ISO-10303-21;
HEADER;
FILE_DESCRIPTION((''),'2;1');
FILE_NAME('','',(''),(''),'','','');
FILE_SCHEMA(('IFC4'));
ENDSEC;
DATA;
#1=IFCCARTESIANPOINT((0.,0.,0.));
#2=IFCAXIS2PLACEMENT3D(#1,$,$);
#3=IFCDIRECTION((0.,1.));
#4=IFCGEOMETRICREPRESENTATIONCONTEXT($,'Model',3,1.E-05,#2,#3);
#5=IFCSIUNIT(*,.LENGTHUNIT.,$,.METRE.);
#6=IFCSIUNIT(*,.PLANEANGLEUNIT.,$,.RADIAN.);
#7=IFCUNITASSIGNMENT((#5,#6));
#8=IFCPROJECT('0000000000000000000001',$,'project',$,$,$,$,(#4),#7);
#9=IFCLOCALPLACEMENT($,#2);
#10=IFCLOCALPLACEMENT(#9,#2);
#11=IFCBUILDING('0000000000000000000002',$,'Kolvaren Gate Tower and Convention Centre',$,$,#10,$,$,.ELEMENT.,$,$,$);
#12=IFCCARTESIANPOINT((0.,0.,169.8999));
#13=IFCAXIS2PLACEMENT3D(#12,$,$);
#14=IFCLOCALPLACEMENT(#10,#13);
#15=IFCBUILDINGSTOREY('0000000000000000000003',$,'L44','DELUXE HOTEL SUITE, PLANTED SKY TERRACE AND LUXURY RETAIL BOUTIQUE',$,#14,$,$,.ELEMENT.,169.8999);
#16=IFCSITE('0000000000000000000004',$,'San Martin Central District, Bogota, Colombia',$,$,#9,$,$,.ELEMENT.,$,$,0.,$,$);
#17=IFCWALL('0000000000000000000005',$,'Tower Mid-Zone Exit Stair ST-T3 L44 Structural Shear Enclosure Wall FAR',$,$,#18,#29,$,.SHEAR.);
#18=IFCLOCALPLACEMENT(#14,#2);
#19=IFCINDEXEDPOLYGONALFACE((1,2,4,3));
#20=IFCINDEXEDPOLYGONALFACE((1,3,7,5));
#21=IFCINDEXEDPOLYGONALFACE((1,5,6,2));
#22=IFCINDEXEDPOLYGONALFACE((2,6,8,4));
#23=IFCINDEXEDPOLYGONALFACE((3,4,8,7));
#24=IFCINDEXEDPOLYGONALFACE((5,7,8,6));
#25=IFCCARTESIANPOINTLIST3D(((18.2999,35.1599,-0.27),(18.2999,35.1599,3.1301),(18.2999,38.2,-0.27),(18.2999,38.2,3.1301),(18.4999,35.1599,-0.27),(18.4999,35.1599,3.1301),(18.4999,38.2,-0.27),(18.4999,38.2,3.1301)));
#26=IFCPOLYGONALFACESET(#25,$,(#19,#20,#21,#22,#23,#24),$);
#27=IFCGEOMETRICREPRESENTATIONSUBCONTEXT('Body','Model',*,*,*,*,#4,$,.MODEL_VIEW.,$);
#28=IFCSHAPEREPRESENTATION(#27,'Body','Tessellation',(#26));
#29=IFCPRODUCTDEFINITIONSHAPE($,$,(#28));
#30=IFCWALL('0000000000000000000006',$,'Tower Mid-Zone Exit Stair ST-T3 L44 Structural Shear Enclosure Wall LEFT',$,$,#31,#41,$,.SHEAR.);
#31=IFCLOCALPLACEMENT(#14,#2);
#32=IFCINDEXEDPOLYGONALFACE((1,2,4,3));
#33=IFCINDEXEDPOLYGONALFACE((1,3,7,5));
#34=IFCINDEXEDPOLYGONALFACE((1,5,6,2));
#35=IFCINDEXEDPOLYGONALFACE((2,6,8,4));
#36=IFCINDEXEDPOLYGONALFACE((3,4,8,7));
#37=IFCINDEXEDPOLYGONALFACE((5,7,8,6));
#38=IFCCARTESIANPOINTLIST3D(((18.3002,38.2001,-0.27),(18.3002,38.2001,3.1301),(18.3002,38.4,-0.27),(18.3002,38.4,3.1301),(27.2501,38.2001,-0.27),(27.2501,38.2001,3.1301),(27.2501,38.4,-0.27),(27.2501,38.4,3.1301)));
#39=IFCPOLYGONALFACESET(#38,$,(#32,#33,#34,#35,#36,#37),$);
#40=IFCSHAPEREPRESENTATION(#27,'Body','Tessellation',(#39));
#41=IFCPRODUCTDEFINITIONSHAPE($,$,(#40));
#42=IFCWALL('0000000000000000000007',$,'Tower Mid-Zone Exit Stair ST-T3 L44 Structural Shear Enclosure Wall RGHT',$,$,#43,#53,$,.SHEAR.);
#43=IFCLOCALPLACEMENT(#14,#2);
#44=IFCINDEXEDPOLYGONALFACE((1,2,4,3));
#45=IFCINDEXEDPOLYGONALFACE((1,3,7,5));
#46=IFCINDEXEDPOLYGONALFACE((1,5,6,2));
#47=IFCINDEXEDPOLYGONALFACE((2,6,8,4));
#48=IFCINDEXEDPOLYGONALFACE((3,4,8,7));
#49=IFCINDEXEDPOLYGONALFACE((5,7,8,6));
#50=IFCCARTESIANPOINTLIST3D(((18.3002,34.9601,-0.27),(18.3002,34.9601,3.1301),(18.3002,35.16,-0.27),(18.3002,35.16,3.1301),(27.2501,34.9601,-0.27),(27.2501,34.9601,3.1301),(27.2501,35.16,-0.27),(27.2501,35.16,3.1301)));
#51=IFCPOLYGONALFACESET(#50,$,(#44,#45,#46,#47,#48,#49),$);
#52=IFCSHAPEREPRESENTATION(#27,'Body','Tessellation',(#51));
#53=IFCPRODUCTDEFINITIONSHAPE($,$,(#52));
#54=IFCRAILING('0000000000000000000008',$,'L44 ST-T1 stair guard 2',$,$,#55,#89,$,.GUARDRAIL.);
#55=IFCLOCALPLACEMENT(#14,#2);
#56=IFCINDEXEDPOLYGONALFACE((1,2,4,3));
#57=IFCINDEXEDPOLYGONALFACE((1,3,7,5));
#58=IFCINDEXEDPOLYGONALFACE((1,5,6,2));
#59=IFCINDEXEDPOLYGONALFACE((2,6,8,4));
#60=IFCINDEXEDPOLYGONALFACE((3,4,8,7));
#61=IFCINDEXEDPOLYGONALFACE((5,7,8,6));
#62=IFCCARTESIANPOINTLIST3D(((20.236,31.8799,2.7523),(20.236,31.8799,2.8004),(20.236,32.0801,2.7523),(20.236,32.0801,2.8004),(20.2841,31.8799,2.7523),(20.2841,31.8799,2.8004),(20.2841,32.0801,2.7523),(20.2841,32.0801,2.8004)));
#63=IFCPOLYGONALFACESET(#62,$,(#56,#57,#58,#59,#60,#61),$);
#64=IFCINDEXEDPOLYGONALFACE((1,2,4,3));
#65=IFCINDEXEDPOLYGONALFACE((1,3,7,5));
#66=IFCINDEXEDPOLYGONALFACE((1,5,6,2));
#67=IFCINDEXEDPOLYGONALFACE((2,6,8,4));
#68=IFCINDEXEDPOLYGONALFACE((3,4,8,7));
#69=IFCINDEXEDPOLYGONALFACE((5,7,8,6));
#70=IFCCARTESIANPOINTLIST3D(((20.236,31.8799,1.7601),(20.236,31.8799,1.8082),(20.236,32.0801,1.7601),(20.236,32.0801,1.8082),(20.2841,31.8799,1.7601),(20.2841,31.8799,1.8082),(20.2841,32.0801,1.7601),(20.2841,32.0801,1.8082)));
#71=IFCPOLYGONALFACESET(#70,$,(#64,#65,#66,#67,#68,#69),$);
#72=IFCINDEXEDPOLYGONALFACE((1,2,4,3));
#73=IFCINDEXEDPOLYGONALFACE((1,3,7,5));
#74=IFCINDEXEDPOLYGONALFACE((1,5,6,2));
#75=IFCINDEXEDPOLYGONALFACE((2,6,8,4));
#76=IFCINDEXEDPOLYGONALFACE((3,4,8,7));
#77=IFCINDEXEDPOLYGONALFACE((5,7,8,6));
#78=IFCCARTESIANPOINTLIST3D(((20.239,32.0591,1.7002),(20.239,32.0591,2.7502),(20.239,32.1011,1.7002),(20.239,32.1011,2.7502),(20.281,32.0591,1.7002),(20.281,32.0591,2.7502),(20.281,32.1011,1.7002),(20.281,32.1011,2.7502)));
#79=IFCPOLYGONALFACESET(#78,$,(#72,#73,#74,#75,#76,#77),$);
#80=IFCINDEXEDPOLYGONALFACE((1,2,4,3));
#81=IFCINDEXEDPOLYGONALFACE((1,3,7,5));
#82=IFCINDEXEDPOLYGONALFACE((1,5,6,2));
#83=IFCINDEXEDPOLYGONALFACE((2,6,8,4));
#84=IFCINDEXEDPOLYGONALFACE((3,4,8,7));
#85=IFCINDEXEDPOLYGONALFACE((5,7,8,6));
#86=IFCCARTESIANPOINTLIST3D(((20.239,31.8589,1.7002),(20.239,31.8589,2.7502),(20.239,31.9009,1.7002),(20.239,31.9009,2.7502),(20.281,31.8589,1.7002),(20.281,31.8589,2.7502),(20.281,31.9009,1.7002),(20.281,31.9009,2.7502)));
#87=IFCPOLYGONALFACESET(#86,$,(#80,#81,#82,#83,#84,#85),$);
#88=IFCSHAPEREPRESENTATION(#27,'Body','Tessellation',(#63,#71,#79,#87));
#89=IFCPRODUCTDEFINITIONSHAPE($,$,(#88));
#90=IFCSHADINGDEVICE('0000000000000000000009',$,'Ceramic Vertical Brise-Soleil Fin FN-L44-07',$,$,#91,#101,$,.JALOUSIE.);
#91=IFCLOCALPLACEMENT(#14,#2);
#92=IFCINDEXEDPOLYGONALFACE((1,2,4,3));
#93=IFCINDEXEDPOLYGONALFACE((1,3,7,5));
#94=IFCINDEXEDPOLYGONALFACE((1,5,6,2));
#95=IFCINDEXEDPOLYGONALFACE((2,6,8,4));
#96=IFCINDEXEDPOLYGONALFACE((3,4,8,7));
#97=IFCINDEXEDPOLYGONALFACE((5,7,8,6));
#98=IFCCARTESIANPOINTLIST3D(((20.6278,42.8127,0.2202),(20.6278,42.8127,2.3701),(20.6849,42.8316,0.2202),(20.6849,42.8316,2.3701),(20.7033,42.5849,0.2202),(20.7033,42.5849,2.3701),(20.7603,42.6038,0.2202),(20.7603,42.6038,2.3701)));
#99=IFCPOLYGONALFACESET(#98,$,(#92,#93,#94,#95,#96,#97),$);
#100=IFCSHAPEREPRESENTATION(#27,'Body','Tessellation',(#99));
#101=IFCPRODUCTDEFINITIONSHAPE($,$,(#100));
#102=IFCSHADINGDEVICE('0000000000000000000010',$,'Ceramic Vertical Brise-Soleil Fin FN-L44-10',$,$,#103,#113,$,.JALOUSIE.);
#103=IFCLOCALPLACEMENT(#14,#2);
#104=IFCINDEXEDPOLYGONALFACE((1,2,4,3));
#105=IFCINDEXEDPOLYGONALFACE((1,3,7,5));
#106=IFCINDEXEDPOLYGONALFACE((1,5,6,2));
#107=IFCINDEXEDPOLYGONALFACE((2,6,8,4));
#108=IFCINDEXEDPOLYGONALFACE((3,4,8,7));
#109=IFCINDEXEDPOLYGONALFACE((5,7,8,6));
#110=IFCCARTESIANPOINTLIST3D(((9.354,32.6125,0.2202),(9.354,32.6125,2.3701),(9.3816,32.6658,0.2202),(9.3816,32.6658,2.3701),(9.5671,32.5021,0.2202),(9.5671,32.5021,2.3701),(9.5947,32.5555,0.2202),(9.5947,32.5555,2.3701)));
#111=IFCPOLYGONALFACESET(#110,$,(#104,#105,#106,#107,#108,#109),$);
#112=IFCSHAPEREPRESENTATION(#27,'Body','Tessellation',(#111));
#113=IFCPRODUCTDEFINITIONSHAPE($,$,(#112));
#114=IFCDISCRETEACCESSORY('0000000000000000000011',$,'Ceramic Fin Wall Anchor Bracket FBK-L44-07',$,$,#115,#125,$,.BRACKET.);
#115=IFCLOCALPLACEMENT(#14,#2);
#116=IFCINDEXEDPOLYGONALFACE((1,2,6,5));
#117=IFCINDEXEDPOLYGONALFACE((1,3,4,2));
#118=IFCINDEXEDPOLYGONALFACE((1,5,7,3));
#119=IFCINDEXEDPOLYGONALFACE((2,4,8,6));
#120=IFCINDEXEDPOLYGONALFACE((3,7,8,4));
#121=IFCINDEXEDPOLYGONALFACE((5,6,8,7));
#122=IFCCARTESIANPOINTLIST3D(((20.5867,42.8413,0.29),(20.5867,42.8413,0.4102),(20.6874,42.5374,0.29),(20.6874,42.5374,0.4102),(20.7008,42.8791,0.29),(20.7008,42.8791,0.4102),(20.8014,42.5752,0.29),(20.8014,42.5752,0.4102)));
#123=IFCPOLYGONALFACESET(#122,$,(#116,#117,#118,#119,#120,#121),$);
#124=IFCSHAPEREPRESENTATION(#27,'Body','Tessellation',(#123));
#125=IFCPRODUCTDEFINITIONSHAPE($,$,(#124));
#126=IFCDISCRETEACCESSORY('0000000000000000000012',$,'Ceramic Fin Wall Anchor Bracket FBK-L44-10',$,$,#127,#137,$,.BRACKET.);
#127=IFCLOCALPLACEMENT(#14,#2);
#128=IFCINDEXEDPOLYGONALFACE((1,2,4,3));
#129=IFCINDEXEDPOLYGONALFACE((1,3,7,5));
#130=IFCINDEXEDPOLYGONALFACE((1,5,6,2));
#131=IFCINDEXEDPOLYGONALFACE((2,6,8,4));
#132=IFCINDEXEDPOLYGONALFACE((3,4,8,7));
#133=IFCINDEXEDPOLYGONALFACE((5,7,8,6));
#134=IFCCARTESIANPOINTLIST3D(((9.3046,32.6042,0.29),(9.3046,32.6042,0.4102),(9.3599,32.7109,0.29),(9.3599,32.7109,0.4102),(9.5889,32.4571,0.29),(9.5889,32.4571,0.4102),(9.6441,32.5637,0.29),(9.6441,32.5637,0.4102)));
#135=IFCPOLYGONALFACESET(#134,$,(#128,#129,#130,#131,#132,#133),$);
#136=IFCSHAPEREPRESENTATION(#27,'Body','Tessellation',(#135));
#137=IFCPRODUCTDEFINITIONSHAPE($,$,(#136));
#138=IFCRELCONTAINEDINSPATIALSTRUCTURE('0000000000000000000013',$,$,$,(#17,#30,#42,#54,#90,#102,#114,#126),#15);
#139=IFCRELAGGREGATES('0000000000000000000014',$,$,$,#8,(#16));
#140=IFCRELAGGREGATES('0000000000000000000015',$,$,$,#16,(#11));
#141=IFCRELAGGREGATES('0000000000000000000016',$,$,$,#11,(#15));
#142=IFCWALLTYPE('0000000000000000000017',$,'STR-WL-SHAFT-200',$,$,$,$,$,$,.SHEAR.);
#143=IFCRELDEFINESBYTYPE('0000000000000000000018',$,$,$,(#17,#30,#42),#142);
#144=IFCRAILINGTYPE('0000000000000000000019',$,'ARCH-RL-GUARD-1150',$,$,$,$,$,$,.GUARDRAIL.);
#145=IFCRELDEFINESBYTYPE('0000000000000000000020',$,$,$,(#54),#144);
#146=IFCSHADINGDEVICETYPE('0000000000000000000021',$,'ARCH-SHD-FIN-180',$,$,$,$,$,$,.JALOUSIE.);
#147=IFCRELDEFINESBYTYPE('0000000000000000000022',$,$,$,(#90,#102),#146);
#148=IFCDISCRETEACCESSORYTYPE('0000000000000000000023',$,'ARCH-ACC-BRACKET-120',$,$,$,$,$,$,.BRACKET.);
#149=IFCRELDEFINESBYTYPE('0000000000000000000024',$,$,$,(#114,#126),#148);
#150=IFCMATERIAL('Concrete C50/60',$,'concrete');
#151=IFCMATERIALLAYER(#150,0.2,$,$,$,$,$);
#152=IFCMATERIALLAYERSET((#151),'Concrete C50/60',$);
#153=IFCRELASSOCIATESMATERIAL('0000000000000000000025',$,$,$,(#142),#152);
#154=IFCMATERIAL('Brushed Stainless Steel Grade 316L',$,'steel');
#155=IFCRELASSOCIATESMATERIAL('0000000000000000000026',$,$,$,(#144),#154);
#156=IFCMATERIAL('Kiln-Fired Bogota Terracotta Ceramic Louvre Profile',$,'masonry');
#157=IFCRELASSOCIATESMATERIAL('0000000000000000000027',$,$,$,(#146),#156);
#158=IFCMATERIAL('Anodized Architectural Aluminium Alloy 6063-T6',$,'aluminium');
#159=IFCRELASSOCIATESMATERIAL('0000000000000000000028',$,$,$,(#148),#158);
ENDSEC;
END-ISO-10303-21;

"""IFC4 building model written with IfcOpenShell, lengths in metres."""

from ifc_helpers import new_model, si_unit, direction, frame, frame_2d, origin, origin_2d, place, context, subcontext, project, spatial, rectangle, extrude, material, layer, layer_set, type_object, element, save


model = new_model("IFC4")

# Units and contexts
model_context = context("Model", 3, precision=1e-05, world=origin(), true_north=direction((0.0, 1.0)))
body_context = subcontext(model_context, "Body", "Model", "MODEL_VIEW")
ifc_project = project(units=[si_unit("LENGTHUNIT", "METRE"), si_unit("PLANEANGLEUNIT", "RADIAN")], contexts=[model_context])

# Site, building, storey
site_placement = place(None, origin())
site = spatial("IfcSite", under=ifc_project, at=site_placement, Name="San Martin Central District, Bogota, Colombia", CompositionType="ELEMENT", RefElevation=0.0)
building_placement = place(site_placement, origin())
building = spatial("IfcBuilding", under=site, at=building_placement, Name="Kolvaren Gate Tower and Convention Centre", CompositionType="ELEMENT")
storey_placement = place(building_placement, frame((0.0, 0.0, 169.8999)))
storey = spatial("IfcBuildingStorey", under=building, at=storey_placement, Name="L44", Description="DELUXE HOTEL SUITE, PLANTED SKY TERRACE AND LUXURY RETAIL BOUTIQUE", CompositionType="ELEMENT", Elevation=169.8999)

# Shared definitions
ifc_material_1 = material(Name="Anodized Architectural Aluminium Alloy 6063-T6", Category="aluminium")

# Walls
ifc_material_2 = material(Name="Concrete C50/60", Category="concrete")
ifc_layer_1 = layer(ifc_material_2, 0.2)
ifc_layer_set_1 = layer_set([ifc_layer_1], Name="Concrete C50/60")
wall_type_1 = type_object("IfcWallType", Name="STR-WL-SHAFT-200", PredefinedType="SHEAR", material=ifc_layer_set_1)
wall_1_placement = place(storey_placement, frame((18.3999, 35.1599, -0.27), z_axis=(0.0, 0.0, 1.0), x_axis=(0.0, 1.0, 0.0)))
element("IfcWall", 1, at=wall_1_placement, inside=storey, type_object=wall_type_1, Name="Tower Mid-Zone Exit Stair ST-T3 L44 Structural Shear Enclosure Wall FAR", PredefinedType="SHEAR", context=body_context, shape_type="SweptSolid", body=[
    extrude(rectangle(XDim=3.04, YDim=0.2, at=frame_2d((1.52, 0.0))), origin(), (0.0, 0.0, 1.0), 3.4001),
])
for number, where, z_axis, x_axis, name in (
    (2, (18.3, 38.3, -0.27), (0.0, 0.0, 1.0), (1.0, 0.0, 0.0), "Tower Mid-Zone Exit Stair ST-T3 L44 Structural Shear Enclosure Wall LEFT"),
    (3, (18.3, 35.0601, -0.27), (0.0, 0.0, 1.0), (1.0, 0.0, 0.0), "Tower Mid-Zone Exit Stair ST-T3 L44 Structural Shear Enclosure Wall RGHT"),
):
    element("IfcWall", number, at=place(storey_placement, frame(where, z_axis=z_axis, x_axis=x_axis)), inside=storey, type_object=wall_type_1, Name=name, PredefinedType="SHEAR", context=body_context, shape_type="SweptSolid", body=[
        extrude(rectangle(XDim=8.95, YDim=0.2, at=frame_2d((4.4751, 0.0))), origin(), (0.0, 0.0, 1.0), 3.4001),
    ])

# Railing
ifc_material_3 = material(Name="Brushed Stainless Steel Grade 316L", Category="steel")
railing_type = type_object("IfcRailingType", Name="ARCH-RL-GUARD-1150", PredefinedType="GUARDRAIL", material=ifc_material_3)
railing_placement = place(storey_placement, frame((20.26, 32.0801, 1.7002)))
element("IfcRailing", 4, at=railing_placement, inside=storey, type_object=railing_type, Name="L44 ST-T1 stair guard 2", PredefinedType="GUARDRAIL", context=body_context, shape_type="SweptSolid", body=[
    extrude(rectangle(XDim=0.0481, YDim=0.0481, at=origin_2d()), frame((0.0, 0.0, 1.0762), z_axis=(0.0, -1.0, 0.0), x_axis=(1.0, 0.0, 0.0)), (0.0, 0.0, 1.0), 0.2002),
    extrude(rectangle(XDim=0.0481, YDim=0.0481, at=origin_2d()), frame((0.0, 0.0, 0.084), z_axis=(0.0, -1.0, 0.0), x_axis=(1.0, 0.0, 0.0)), (0.0, 0.0, 1.0), 0.2002),
    extrude(rectangle(XDim=0.042, YDim=0.042, at=origin_2d()), origin(), (0.0, 0.0, 1.0), 1.05),
    extrude(rectangle(XDim=0.042, YDim=0.042, at=origin_2d()), frame((0.0, -0.2002, 0.0)), (0.0, 0.0, 1.0), 1.05),
])

# Shading devices
ifc_material_4 = material(Name="Kiln-Fired Bogota Terracotta Ceramic Louvre Profile", Category="masonry")
shading_device_type = type_object("IfcShadingDeviceType", Name="ARCH-SHD-FIN-180", PredefinedType="JALOUSIE", material=ifc_material_4)
for number, where, z_axis, x_axis, name in (
    (5, (20.6941, 42.7083, 0.2202), (0.0, 0.0, 1.0), (0.949238, 0.314559, 0.0), "Ceramic Vertical Brise-Soleil Fin FN-L44-07"),
    (6, (9.4744, 32.584, 0.2202), (0.0, 0.0, 1.0), (0.459798, 0.888023, 0.0), "Ceramic Vertical Brise-Soleil Fin FN-L44-10"),
):
    element("IfcShadingDevice", number, at=place(storey_placement, frame(where, z_axis=z_axis, x_axis=x_axis)), inside=storey, type_object=shading_device_type, Name=name, PredefinedType="JALOUSIE", context=body_context, shape_type="SweptSolid", body=[
        extrude(rectangle(XDim=0.0601, YDim=0.24, at=origin_2d()), origin(), (0.0, 0.0, 1.0), 2.1499),
    ])

# Discrete accessories
discrete_accessory_type = type_object("IfcDiscreteAccessoryType", Name="ARCH-ACC-BRACKET-120", PredefinedType="BRACKET", material=ifc_material_1)
for number, where, z_axis, x_axis, name in (
    (7, (20.6941, 42.7083, 0.29), (0.0, 0.0, 1.0), (0.949238, 0.314559, 0.0), "Ceramic Fin Wall Anchor Bracket FBK-L44-07"),
    (8, (9.4744, 32.584, 0.29), (0.0, 0.0, 1.0), (0.459798, 0.888023, 0.0), "Ceramic Fin Wall Anchor Bracket FBK-L44-10"),
):
    element("IfcDiscreteAccessory", number, at=place(storey_placement, frame(where, z_axis=z_axis, x_axis=x_axis)), inside=storey, type_object=discrete_accessory_type, Name=name, PredefinedType="BRACKET", context=body_context, shape_type="SweptSolid", body=[
        extrude(rectangle(XDim=0.1201, YDim=0.3201, at=origin_2d()), origin(), (0.0, 0.0, 1.0), 0.1201),
    ])

save(model, "model.ifc")
